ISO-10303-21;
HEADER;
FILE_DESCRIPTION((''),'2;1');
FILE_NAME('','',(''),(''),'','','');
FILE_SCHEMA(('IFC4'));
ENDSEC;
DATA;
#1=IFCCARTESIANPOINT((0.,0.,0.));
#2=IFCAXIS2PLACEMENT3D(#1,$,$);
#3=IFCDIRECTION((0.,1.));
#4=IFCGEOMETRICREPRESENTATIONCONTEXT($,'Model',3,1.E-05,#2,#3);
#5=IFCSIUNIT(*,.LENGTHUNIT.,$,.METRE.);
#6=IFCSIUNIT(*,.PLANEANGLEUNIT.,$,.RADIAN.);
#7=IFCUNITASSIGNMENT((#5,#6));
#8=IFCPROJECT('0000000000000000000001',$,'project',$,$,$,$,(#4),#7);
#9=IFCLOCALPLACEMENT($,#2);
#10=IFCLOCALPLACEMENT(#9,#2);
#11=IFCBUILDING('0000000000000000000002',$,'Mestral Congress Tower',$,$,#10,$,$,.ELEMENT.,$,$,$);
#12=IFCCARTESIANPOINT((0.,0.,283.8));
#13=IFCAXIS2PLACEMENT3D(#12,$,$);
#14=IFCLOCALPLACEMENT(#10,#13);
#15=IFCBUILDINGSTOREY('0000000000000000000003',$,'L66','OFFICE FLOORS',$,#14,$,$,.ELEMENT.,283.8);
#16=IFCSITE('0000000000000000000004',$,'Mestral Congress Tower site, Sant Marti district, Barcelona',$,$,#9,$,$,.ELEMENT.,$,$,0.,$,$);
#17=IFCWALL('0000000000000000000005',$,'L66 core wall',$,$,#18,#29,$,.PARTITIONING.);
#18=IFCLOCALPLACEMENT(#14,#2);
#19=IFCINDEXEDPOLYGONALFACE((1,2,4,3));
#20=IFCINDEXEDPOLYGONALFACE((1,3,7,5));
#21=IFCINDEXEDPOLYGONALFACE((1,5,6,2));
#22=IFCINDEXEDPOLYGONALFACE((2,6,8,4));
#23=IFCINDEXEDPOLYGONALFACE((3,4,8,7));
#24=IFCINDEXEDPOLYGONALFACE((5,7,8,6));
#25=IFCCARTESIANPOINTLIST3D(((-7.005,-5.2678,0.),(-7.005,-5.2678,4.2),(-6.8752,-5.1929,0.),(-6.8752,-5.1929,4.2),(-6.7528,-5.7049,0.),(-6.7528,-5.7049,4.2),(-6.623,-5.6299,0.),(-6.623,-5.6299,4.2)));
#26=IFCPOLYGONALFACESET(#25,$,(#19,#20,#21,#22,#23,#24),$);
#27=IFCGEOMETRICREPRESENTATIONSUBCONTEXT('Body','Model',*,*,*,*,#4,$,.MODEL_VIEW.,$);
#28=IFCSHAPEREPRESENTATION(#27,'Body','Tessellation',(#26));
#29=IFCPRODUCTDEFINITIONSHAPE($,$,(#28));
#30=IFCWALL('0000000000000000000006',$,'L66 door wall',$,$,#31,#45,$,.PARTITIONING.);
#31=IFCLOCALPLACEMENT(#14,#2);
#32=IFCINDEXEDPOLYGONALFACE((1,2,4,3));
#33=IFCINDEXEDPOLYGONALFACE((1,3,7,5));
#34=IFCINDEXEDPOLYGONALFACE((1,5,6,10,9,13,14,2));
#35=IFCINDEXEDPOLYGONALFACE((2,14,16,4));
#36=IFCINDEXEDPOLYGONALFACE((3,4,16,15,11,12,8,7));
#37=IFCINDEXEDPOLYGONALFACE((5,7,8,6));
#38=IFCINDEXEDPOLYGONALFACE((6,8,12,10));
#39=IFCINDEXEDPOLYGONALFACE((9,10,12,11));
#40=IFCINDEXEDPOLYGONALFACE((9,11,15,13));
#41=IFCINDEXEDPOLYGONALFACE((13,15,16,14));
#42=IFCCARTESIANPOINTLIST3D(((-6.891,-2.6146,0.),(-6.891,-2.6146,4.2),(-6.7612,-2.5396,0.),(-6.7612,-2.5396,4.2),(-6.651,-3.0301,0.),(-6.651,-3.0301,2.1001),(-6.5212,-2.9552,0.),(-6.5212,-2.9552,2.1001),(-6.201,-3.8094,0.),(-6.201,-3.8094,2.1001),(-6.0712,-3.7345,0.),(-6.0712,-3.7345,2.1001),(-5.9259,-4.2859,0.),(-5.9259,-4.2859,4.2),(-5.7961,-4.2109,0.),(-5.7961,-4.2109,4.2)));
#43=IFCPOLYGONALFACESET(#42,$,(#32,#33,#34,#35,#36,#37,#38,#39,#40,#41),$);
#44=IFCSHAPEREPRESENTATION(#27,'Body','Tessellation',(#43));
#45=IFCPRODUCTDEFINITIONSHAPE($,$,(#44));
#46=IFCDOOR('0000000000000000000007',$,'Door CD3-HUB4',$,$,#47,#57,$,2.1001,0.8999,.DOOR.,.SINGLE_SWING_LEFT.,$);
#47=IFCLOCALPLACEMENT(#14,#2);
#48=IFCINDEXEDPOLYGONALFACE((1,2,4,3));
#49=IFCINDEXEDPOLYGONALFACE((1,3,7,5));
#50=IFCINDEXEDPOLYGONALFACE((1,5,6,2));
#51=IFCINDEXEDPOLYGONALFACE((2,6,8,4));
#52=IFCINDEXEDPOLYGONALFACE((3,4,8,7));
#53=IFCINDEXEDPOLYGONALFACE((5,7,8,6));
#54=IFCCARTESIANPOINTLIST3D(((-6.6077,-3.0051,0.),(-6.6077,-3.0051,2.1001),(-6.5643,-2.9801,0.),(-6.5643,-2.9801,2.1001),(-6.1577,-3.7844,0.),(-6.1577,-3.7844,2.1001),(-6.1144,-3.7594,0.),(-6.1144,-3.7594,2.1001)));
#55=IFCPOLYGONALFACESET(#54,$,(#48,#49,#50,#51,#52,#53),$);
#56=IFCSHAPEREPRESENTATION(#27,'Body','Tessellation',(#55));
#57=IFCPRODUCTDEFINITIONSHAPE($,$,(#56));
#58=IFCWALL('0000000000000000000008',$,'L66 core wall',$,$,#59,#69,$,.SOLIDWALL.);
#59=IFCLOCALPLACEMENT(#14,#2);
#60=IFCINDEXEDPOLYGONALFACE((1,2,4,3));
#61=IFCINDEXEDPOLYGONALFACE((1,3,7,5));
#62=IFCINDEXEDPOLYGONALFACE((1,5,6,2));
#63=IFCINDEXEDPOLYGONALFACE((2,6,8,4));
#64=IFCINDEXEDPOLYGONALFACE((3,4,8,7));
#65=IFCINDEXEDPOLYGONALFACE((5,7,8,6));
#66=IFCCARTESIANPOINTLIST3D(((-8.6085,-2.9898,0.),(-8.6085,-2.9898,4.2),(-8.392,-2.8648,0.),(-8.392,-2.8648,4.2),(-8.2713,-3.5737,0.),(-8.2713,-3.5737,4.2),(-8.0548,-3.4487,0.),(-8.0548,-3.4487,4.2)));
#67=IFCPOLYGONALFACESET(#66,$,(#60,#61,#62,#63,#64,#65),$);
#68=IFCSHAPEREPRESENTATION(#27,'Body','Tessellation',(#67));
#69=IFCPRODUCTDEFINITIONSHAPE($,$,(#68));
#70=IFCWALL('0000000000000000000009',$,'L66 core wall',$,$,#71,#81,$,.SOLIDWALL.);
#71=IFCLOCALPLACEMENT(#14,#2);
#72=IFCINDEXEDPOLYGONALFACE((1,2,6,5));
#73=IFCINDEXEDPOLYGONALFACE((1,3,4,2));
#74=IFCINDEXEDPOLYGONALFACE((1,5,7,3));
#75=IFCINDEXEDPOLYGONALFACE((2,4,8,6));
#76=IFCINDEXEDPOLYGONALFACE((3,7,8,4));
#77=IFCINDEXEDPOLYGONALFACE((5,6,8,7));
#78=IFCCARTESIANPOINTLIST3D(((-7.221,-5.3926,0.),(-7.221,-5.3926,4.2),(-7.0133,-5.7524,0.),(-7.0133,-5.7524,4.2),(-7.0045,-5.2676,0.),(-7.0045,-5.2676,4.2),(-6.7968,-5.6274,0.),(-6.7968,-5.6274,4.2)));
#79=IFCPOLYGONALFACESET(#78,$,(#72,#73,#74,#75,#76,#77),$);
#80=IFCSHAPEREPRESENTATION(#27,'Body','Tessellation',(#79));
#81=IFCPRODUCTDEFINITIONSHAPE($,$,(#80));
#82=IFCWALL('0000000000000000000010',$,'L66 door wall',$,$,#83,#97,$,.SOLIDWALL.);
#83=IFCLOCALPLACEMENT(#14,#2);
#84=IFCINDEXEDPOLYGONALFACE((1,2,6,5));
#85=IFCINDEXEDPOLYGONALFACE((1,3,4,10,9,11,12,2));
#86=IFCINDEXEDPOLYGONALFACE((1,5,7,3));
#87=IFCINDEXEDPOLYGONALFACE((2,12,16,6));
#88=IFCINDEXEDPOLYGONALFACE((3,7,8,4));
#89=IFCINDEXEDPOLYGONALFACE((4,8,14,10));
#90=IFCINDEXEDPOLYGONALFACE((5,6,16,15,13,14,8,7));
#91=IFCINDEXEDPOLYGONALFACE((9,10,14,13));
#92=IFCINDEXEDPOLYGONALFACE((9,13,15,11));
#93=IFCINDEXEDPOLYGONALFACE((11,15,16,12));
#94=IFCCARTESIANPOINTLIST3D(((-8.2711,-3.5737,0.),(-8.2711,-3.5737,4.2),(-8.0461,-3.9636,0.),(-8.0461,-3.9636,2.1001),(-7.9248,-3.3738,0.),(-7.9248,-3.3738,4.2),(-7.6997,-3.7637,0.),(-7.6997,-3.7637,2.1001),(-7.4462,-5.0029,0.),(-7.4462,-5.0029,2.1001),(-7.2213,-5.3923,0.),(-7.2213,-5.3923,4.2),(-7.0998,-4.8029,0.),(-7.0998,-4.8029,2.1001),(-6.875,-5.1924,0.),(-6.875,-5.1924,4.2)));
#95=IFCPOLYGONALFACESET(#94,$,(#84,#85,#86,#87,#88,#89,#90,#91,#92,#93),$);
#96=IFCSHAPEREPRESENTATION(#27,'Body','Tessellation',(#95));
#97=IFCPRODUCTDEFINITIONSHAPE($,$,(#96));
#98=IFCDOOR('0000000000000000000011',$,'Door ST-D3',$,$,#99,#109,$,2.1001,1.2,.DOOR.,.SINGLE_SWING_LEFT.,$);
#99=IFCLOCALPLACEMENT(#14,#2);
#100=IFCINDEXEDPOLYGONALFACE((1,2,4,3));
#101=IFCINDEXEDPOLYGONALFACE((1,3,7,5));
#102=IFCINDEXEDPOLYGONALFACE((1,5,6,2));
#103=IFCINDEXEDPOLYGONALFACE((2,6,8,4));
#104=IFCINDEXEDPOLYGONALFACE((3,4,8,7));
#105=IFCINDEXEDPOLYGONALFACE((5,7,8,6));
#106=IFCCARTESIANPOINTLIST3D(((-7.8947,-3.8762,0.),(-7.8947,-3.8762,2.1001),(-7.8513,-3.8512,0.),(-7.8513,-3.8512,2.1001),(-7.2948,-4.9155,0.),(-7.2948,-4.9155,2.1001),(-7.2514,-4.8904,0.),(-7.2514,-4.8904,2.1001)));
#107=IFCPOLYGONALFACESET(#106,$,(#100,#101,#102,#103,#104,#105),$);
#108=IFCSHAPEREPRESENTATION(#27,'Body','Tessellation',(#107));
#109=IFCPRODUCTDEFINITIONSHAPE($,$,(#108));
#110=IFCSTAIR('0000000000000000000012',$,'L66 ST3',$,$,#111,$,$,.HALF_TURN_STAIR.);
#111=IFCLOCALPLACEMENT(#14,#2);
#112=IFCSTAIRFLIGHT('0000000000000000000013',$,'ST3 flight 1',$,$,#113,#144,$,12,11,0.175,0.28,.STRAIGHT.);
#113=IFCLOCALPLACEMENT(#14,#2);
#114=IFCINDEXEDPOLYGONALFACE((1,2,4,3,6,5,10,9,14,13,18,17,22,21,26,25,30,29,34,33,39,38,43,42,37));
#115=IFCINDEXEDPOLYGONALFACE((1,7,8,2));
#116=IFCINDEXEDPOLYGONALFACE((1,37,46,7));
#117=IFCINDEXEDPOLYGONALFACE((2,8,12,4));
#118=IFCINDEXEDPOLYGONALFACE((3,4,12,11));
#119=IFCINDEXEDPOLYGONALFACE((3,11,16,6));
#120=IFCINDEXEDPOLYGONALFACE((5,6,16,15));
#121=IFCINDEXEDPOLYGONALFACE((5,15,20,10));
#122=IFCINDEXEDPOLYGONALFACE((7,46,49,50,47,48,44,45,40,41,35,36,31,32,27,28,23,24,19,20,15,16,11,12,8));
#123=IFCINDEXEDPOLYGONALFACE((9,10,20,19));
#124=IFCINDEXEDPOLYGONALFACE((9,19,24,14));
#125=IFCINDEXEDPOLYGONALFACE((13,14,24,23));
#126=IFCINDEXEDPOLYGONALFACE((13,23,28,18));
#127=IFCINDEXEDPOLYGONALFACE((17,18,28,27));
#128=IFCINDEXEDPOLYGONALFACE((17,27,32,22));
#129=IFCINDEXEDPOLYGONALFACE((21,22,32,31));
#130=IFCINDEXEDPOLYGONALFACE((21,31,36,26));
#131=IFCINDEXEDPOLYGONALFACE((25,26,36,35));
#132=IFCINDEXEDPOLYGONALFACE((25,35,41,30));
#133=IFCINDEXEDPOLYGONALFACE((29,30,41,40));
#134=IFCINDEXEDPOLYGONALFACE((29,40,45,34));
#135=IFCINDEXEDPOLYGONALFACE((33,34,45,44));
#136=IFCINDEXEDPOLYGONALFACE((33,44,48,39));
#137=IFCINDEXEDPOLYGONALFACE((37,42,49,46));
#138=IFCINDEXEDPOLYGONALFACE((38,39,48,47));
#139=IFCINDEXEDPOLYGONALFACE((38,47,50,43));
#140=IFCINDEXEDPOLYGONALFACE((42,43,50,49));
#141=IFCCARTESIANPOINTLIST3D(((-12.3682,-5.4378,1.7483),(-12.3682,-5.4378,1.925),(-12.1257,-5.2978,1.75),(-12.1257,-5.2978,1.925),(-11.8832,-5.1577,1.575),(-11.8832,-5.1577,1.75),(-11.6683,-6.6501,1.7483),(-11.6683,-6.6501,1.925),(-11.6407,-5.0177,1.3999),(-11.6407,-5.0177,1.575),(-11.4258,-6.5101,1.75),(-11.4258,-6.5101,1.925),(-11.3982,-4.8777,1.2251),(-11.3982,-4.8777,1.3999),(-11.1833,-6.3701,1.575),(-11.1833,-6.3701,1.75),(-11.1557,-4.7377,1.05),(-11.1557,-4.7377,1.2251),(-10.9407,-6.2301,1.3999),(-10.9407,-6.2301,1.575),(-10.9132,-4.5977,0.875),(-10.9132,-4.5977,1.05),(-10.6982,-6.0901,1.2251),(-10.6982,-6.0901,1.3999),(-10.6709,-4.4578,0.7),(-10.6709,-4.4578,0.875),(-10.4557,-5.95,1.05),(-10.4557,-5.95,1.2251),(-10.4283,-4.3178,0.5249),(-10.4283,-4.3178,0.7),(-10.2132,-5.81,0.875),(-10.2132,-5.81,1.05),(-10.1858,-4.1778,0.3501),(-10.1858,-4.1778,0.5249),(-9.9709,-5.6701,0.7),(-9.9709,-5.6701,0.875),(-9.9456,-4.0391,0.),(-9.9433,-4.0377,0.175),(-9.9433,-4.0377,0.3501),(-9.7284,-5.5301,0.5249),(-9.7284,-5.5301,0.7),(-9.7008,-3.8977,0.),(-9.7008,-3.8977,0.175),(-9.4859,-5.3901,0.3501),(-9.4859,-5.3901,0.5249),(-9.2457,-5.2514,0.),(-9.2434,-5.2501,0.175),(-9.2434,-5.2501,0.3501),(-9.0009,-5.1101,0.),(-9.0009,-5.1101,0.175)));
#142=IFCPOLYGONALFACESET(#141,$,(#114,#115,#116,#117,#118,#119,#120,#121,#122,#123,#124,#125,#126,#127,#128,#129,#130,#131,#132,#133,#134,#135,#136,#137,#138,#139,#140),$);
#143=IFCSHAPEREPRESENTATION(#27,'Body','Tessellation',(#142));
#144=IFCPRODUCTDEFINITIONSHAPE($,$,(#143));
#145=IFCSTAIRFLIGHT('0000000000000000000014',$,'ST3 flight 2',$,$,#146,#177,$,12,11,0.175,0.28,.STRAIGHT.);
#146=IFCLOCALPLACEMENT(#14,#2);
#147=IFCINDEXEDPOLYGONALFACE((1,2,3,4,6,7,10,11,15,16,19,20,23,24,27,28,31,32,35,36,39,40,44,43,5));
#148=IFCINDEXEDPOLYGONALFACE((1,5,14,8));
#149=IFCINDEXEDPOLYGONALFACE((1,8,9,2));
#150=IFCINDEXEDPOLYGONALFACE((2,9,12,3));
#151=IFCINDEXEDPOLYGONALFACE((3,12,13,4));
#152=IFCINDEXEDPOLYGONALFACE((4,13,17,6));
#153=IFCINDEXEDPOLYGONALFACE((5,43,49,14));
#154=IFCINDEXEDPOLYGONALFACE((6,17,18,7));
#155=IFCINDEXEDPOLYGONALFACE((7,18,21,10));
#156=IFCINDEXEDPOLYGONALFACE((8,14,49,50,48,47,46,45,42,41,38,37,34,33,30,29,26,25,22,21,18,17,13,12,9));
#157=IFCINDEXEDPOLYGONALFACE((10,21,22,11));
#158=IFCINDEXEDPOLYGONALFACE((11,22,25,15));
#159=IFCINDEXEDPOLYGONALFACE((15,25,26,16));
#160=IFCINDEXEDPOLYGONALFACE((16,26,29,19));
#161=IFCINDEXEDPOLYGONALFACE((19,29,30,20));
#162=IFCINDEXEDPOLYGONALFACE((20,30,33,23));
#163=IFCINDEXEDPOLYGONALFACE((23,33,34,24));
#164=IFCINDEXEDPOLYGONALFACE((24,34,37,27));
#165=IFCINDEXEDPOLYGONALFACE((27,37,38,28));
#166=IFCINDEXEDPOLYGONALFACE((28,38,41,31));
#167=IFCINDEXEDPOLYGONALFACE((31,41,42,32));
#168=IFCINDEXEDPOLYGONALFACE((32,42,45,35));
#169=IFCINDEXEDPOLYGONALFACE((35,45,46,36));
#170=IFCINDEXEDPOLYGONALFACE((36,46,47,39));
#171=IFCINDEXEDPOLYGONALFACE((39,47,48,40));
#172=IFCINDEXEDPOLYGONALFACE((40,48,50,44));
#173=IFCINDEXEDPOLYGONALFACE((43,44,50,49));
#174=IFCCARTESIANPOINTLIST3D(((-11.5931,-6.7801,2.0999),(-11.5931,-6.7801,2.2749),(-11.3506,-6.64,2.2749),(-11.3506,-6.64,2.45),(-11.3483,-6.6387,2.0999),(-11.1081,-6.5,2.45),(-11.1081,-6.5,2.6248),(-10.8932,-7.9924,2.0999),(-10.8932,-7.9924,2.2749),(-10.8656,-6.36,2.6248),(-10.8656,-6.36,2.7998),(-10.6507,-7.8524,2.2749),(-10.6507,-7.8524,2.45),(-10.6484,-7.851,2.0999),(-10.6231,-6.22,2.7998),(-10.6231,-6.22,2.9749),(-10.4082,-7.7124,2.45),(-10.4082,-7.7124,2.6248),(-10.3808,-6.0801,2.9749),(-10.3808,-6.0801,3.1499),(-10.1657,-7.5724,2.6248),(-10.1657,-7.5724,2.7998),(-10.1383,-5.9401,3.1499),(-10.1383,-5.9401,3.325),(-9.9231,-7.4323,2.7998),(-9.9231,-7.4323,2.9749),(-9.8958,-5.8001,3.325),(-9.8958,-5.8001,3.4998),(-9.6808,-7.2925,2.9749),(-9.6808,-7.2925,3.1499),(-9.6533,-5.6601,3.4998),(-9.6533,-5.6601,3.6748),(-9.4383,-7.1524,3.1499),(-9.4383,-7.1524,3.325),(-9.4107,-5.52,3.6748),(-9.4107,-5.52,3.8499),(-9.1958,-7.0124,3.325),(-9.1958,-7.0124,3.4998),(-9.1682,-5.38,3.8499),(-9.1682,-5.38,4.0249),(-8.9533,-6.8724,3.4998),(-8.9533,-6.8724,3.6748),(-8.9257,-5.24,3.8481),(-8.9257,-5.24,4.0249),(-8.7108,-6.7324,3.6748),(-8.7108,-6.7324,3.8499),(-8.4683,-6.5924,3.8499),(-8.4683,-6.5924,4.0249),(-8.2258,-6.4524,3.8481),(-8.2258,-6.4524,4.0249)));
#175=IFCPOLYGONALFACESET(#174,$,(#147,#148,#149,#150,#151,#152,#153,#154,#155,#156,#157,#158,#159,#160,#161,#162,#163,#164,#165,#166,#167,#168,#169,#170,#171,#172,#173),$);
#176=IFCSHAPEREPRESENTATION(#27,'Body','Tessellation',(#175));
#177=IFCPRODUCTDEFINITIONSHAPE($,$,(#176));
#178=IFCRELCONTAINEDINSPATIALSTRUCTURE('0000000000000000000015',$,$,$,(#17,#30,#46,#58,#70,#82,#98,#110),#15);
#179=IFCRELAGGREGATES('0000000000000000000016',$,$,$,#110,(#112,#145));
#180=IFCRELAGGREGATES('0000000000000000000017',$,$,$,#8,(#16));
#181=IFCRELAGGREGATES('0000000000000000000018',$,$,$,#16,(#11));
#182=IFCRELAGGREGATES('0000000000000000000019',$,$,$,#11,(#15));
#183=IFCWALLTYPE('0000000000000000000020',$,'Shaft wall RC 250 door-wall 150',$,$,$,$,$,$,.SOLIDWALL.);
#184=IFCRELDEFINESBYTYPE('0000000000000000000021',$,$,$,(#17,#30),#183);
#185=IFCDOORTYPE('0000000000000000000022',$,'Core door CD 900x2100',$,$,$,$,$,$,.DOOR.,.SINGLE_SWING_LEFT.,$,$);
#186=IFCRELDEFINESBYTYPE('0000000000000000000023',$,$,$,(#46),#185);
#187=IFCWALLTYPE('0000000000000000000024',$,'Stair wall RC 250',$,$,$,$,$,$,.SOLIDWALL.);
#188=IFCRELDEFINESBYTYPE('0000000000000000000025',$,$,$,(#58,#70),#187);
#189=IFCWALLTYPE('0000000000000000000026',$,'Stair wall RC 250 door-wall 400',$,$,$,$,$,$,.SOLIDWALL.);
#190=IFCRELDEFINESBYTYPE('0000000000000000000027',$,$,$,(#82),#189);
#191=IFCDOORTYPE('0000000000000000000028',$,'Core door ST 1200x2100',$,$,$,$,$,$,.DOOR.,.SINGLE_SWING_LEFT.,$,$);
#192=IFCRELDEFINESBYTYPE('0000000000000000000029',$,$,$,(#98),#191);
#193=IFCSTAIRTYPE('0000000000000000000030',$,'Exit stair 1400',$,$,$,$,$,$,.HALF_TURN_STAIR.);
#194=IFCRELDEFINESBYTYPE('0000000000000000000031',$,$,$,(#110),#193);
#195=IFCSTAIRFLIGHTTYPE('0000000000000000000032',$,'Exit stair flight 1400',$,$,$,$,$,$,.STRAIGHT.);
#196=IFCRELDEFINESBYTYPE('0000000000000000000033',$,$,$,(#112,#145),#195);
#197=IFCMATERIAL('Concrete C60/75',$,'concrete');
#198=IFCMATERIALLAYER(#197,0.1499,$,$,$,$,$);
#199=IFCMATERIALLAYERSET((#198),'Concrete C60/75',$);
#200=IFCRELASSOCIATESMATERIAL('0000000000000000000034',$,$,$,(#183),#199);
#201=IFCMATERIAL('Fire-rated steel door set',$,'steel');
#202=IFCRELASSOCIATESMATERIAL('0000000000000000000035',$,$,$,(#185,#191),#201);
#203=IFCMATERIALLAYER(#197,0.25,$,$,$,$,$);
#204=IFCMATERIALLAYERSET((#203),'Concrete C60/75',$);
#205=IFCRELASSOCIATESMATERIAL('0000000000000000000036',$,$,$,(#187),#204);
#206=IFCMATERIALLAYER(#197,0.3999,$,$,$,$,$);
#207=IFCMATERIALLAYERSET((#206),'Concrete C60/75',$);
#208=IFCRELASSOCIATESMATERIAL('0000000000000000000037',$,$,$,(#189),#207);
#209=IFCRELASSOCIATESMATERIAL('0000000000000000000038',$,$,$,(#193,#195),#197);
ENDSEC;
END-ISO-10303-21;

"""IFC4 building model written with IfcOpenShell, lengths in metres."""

from ifc_helpers import new_model, si_unit, direction, frame, frame_2d, origin, place, context, subcontext, project, spatial, polyline, rectangle, outline, extrude, material, layer, layer_set, type_object, element, fill, aggregate, save


model = new_model("IFC4")

# Units and contexts
model_context = context("Model", 3, precision=1e-05, world=origin(), true_north=direction((0.0, 1.0)))
body_context = subcontext(model_context, "Body", "Model", "MODEL_VIEW")
ifc_project = project(units=[si_unit("LENGTHUNIT", "METRE"), si_unit("PLANEANGLEUNIT", "RADIAN")], contexts=[model_context])

# Site, building, storey
site_placement = place(None, origin())
site = spatial("IfcSite", under=ifc_project, at=site_placement, Name="Mestral Congress Tower site, Sant Marti district, Barcelona", CompositionType="ELEMENT", RefElevation=0.0)
building_placement = place(site_placement, origin())
building = spatial("IfcBuilding", under=site, at=building_placement, Name="Mestral Congress Tower", CompositionType="ELEMENT")
storey_placement = place(building_placement, frame((0.0, 0.0, 283.8)))
storey = spatial("IfcBuildingStorey", under=building, at=storey_placement, Name="L66", Description="OFFICE FLOORS", CompositionType="ELEMENT", Elevation=283.8)

# Shared definitions
ifc_material_1 = material(Name="Fire-rated steel door set", Category="steel")

# Shared definitions
ifc_material_2 = material(Name="Concrete C60/75", Category="concrete")

# Wall
ifc_layer_1 = layer(ifc_material_2, 0.1499)
ifc_layer_set_1 = layer_set([ifc_layer_1], Name="Concrete C60/75")
wall_type_1 = type_object("IfcWallType", Name="Shaft wall RC 250 door-wall 150", PredefinedType="SOLIDWALL", material=ifc_layer_set_1)
wall_1_placement = place(storey_placement, frame((-6.9402, -5.2302, 0.0), z_axis=(0.0, 0.0, 1.0), x_axis=(0.499834, -0.866121, 0.0)))
element("IfcWall", 1, at=wall_1_placement, inside=storey, type_object=wall_type_1, Name="L66 core wall", PredefinedType="PARTITIONING", context=body_context, shape_type="SweptSolid", body=[
    extrude(rectangle(XDim=0.5046, YDim=0.1499, at=frame_2d((0.2524, 0.0))), origin(), (0.0, 0.0, 1.0), 4.2),
])

# Wall, opening, door
wall_2_placement = place(storey_placement, frame((-5.8611, -4.2483, 0.0), z_axis=(0.0, 0.0, 1.0), x_axis=(-0.500044, 0.866, 0.0)))
wall_2 = element("IfcWall", 2, at=wall_2_placement, inside=storey, type_object=wall_type_1, Name="L66 door wall", PredefinedType="PARTITIONING", context=body_context, shape_type="SweptSolid", body=[
    extrude(rectangle(XDim=1.9299, YDim=0.1499, at=frame_2d((0.9648, 0.0))), origin(), (0.0, 0.0, 1.0), 4.2),
])
opening_1_placement = place(wall_2_placement, frame((0.55, 0.0, 0.0)))
opening_1 = element("IfcOpeningElement", 3, at=opening_1_placement, cuts=wall_2, PredefinedType="OPENING", context=body_context, shape_type="SweptSolid", body=[
    extrude(rectangle(XDim=0.8999, YDim=2.1001, at=frame_2d((0.45, 1.05))), frame((0.0, 0.085, 0.0), z_axis=(0.0, -1.0, 0.0), x_axis=(1.0, 0.0, 0.0)), (0.0, 0.0, 1.0), 0.1699),
])
door_type_1 = type_object("IfcDoorType", Name="Core door CD 900x2100", OperationType="SINGLE_SWING_LEFT", PredefinedType="DOOR", material=ifc_material_1)
door_1_placement = place(opening_1_placement, origin())
door_1 = element("IfcDoor", 4, at=door_1_placement, inside=storey, type_object=door_type_1, Name="Door CD3-HUB4", OperationType="SINGLE_SWING_LEFT", OverallHeight=2.1001, OverallWidth=0.8999, PredefinedType="DOOR", context=body_context, shape_type="SweptSolid", body=[
    extrude(rectangle(XDim=0.8999, YDim=2.1001, at=frame_2d((0.45, 1.05))), frame((0.0, 0.0249, 0.0), z_axis=(0.0, -1.0, 0.0), x_axis=(1.0, 0.0, 0.0)), (0.0, 0.0, 1.0), 0.05),
])
fill(opening_1, door_1)

# Walls
ifc_layer_2 = layer(ifc_material_2, 0.25)
ifc_layer_set_2 = layer_set([ifc_layer_2], Name="Concrete C60/75")
wall_type_2 = type_object("IfcWallType", Name="Stair wall RC 250", PredefinedType="SOLIDWALL", material=ifc_layer_set_2)
wall_3_placement = place(storey_placement, frame((-8.1631, -3.5112, 0.0), z_axis=(0.0, 0.0, 1.0), x_axis=(-0.499994, 0.866029, 0.0)))
element("IfcWall", 5, at=wall_3_placement, inside=storey, type_object=wall_type_2, Name="L66 core wall", PredefinedType="SOLIDWALL", context=body_context, shape_type="SweptSolid", body=[
    extrude(rectangle(XDim=0.6743, YDim=0.25, at=frame_2d((0.3372, 0.0))), origin(), (0.0, 0.0, 1.0), 4.2),
])
wall_4_placement = place(storey_placement, frame((-6.905, -5.6899, 0.0), z_axis=(0.0, 0.0, 1.0), x_axis=(-0.499994, 0.866029, 0.0)))
element("IfcWall", 6, at=wall_4_placement, inside=storey, type_object=wall_type_2, Name="L66 core wall", PredefinedType="SOLIDWALL", context=body_context, shape_type="SweptSolid", body=[
    extrude(rectangle(XDim=0.4155, YDim=0.25, at=frame_2d((0.2078, 0.0))), origin(), (0.0, 0.0, 1.0), 4.2),
])

# Wall, opening, door
ifc_layer_3 = layer(ifc_material_2, 0.3999)
ifc_layer_set_3 = layer_set([ifc_layer_3], Name="Concrete C60/75")
wall_type_3 = type_object("IfcWallType", Name="Stair wall RC 250 door-wall 400", PredefinedType="SOLIDWALL", material=ifc_layer_set_3)
wall_5_placement = place(storey_placement, frame((-8.0979, -3.4739, 0.0), z_axis=(0.0, 0.0, 1.0), x_axis=(0.499941, -0.86606, 0.0)))
wall_5 = element("IfcWall", 7, at=wall_5_placement, inside=storey, type_object=wall_type_3, Name="L66 door wall", PredefinedType="SOLIDWALL", context=body_context, shape_type="SweptSolid", body=[
    extrude(rectangle(XDim=2.0999, YDim=0.3999, at=frame_2d((1.0498, 0.0))), origin(), (0.0, 0.0, 1.0), 4.2),
])
opening_2_placement = place(wall_5_placement, frame((0.45, 0.0, 0.0)))
opening_2 = element("IfcOpeningElement", 8, at=opening_2_placement, cuts=wall_5, PredefinedType="OPENING", context=body_context, shape_type="SweptSolid", body=[
    extrude(rectangle(XDim=1.2, YDim=2.1001, at=frame_2d((0.6001, 1.05))), frame((0.0, 0.21, 0.0), z_axis=(0.0, -1.0, 0.0), x_axis=(1.0, 0.0, 0.0)), (0.0, 0.0, 1.0), 0.4199),
])
door_type_2 = type_object("IfcDoorType", Name="Core door ST 1200x2100", OperationType="SINGLE_SWING_LEFT", PredefinedType="DOOR", material=ifc_material_1)
door_2_placement = place(opening_2_placement, origin())
door_2 = element("IfcDoor", 9, at=door_2_placement, inside=storey, type_object=door_type_2, Name="Door ST-D3", OperationType="SINGLE_SWING_LEFT", OverallHeight=2.1001, OverallWidth=1.2, PredefinedType="DOOR", context=body_context, shape_type="SweptSolid", body=[
    extrude(rectangle(XDim=1.2, YDim=2.1001, at=frame_2d((0.6001, 1.05))), frame((0.0, 0.0249, 0.0), z_axis=(0.0, -1.0, 0.0), x_axis=(1.0, 0.0, 0.0)), (0.0, 0.0, 1.0), 0.05),
])
fill(opening_2, door_2)

# Stair, stair flights
stair_type = type_object("IfcStairType", Name="Exit stair 1400", PredefinedType="HALF_TURN_STAIR", material=ifc_material_2)
stair_placement = place(storey_placement, origin())
stair = element("IfcStair", 10, at=stair_placement, inside=storey, type_object=stair_type, Name="L66 ST3", PredefinedType="HALF_TURN_STAIR")
stair_flight_type = type_object("IfcStairFlightType", Name="Exit stair flight 1400", PredefinedType="STRAIGHT", material=ifc_material_2)
stair_flight_1_placement = place(storey_placement, frame((-9.3508, -4.5039, 0.0), z_axis=(0.0, 0.0, 1.0), x_axis=(-0.866025, -0.5, 0.0)))
stair_flight_1 = element("IfcStairFlight", 11, at=stair_flight_1_placement, type_object=stair_flight_type, Name="ST3 flight 1", NumberOfRisers=12, NumberOfTreads=11, PredefinedType="STRAIGHT", RiserHeight=0.175, TreadLength=0.28, context=body_context, shape_type="SweptSolid", body=[
    extrude(outline(polyline([(0.0, 0.0), (0.0, 0.175), (0.28, 0.175), (0.28, 0.3501), (0.5601, 0.3501), (0.5601, 0.5249), (0.8401, 0.5249), (0.8401, 0.7), (1.1201, 0.7), (1.1201, 0.875), (1.3999, 0.875), (1.3999, 1.05), (1.6799, 1.05), (1.6799, 1.2251), (1.96, 1.2251), (1.96, 1.3999), (2.24, 1.3999), (2.24, 1.575), (2.52, 1.575), (2.52, 1.75), (2.8, 1.75), (2.8, 1.925), (3.0801, 1.925), (3.0801, 2.1001), (3.0801, 1.7483), (0.2827, 0.0), (0.0, 0.0)])), frame((0.0, 0.7, 0.0), z_axis=(0.0, -1.0, 0.0), x_axis=(1.0, 0.0, 0.0)), (0.0, 0.0, 1.0), 1.3999),
])
stair_flight_2_placement = place(storey_placement, frame((-11.2432, -7.3862, 2.0999), z_axis=(0.0, 0.0, 1.0), x_axis=(0.866025, 0.5, 0.0)))
stair_flight_2 = element("IfcStairFlight", 12, at=stair_flight_2_placement, type_object=stair_flight_type, Name="ST3 flight 2", NumberOfRisers=12, NumberOfTreads=11, PredefinedType="STRAIGHT", RiserHeight=0.175, TreadLength=0.28, context=body_context, shape_type="SweptSolid", body=[
    extrude(outline(polyline([(0.0, 0.0), (0.0, 0.175), (0.28, 0.175), (0.28, 0.3501), (0.5601, 0.3501), (0.5601, 0.5249), (0.8401, 0.5249), (0.8401, 0.7), (1.1201, 0.7), (1.1201, 0.875), (1.3999, 0.875), (1.3999, 1.05), (1.6799, 1.05), (1.6799, 1.2251), (1.96, 1.2251), (1.96, 1.3999), (2.24, 1.3999), (2.24, 1.575), (2.52, 1.575), (2.52, 1.75), (2.8, 1.75), (2.8, 1.925), (3.0801, 1.925), (3.0801, 2.1001), (3.0801, 1.7483), (0.2827, 0.0), (0.0, 0.0)])), frame((0.0, 0.7, 0.0), z_axis=(0.0, -1.0, 0.0), x_axis=(1.0, 0.0, 0.0)), (0.0, 0.0, 1.0), 1.3999),
])
aggregate(stair, [stair_flight_1, stair_flight_2])

save(model, "model.ifc")
